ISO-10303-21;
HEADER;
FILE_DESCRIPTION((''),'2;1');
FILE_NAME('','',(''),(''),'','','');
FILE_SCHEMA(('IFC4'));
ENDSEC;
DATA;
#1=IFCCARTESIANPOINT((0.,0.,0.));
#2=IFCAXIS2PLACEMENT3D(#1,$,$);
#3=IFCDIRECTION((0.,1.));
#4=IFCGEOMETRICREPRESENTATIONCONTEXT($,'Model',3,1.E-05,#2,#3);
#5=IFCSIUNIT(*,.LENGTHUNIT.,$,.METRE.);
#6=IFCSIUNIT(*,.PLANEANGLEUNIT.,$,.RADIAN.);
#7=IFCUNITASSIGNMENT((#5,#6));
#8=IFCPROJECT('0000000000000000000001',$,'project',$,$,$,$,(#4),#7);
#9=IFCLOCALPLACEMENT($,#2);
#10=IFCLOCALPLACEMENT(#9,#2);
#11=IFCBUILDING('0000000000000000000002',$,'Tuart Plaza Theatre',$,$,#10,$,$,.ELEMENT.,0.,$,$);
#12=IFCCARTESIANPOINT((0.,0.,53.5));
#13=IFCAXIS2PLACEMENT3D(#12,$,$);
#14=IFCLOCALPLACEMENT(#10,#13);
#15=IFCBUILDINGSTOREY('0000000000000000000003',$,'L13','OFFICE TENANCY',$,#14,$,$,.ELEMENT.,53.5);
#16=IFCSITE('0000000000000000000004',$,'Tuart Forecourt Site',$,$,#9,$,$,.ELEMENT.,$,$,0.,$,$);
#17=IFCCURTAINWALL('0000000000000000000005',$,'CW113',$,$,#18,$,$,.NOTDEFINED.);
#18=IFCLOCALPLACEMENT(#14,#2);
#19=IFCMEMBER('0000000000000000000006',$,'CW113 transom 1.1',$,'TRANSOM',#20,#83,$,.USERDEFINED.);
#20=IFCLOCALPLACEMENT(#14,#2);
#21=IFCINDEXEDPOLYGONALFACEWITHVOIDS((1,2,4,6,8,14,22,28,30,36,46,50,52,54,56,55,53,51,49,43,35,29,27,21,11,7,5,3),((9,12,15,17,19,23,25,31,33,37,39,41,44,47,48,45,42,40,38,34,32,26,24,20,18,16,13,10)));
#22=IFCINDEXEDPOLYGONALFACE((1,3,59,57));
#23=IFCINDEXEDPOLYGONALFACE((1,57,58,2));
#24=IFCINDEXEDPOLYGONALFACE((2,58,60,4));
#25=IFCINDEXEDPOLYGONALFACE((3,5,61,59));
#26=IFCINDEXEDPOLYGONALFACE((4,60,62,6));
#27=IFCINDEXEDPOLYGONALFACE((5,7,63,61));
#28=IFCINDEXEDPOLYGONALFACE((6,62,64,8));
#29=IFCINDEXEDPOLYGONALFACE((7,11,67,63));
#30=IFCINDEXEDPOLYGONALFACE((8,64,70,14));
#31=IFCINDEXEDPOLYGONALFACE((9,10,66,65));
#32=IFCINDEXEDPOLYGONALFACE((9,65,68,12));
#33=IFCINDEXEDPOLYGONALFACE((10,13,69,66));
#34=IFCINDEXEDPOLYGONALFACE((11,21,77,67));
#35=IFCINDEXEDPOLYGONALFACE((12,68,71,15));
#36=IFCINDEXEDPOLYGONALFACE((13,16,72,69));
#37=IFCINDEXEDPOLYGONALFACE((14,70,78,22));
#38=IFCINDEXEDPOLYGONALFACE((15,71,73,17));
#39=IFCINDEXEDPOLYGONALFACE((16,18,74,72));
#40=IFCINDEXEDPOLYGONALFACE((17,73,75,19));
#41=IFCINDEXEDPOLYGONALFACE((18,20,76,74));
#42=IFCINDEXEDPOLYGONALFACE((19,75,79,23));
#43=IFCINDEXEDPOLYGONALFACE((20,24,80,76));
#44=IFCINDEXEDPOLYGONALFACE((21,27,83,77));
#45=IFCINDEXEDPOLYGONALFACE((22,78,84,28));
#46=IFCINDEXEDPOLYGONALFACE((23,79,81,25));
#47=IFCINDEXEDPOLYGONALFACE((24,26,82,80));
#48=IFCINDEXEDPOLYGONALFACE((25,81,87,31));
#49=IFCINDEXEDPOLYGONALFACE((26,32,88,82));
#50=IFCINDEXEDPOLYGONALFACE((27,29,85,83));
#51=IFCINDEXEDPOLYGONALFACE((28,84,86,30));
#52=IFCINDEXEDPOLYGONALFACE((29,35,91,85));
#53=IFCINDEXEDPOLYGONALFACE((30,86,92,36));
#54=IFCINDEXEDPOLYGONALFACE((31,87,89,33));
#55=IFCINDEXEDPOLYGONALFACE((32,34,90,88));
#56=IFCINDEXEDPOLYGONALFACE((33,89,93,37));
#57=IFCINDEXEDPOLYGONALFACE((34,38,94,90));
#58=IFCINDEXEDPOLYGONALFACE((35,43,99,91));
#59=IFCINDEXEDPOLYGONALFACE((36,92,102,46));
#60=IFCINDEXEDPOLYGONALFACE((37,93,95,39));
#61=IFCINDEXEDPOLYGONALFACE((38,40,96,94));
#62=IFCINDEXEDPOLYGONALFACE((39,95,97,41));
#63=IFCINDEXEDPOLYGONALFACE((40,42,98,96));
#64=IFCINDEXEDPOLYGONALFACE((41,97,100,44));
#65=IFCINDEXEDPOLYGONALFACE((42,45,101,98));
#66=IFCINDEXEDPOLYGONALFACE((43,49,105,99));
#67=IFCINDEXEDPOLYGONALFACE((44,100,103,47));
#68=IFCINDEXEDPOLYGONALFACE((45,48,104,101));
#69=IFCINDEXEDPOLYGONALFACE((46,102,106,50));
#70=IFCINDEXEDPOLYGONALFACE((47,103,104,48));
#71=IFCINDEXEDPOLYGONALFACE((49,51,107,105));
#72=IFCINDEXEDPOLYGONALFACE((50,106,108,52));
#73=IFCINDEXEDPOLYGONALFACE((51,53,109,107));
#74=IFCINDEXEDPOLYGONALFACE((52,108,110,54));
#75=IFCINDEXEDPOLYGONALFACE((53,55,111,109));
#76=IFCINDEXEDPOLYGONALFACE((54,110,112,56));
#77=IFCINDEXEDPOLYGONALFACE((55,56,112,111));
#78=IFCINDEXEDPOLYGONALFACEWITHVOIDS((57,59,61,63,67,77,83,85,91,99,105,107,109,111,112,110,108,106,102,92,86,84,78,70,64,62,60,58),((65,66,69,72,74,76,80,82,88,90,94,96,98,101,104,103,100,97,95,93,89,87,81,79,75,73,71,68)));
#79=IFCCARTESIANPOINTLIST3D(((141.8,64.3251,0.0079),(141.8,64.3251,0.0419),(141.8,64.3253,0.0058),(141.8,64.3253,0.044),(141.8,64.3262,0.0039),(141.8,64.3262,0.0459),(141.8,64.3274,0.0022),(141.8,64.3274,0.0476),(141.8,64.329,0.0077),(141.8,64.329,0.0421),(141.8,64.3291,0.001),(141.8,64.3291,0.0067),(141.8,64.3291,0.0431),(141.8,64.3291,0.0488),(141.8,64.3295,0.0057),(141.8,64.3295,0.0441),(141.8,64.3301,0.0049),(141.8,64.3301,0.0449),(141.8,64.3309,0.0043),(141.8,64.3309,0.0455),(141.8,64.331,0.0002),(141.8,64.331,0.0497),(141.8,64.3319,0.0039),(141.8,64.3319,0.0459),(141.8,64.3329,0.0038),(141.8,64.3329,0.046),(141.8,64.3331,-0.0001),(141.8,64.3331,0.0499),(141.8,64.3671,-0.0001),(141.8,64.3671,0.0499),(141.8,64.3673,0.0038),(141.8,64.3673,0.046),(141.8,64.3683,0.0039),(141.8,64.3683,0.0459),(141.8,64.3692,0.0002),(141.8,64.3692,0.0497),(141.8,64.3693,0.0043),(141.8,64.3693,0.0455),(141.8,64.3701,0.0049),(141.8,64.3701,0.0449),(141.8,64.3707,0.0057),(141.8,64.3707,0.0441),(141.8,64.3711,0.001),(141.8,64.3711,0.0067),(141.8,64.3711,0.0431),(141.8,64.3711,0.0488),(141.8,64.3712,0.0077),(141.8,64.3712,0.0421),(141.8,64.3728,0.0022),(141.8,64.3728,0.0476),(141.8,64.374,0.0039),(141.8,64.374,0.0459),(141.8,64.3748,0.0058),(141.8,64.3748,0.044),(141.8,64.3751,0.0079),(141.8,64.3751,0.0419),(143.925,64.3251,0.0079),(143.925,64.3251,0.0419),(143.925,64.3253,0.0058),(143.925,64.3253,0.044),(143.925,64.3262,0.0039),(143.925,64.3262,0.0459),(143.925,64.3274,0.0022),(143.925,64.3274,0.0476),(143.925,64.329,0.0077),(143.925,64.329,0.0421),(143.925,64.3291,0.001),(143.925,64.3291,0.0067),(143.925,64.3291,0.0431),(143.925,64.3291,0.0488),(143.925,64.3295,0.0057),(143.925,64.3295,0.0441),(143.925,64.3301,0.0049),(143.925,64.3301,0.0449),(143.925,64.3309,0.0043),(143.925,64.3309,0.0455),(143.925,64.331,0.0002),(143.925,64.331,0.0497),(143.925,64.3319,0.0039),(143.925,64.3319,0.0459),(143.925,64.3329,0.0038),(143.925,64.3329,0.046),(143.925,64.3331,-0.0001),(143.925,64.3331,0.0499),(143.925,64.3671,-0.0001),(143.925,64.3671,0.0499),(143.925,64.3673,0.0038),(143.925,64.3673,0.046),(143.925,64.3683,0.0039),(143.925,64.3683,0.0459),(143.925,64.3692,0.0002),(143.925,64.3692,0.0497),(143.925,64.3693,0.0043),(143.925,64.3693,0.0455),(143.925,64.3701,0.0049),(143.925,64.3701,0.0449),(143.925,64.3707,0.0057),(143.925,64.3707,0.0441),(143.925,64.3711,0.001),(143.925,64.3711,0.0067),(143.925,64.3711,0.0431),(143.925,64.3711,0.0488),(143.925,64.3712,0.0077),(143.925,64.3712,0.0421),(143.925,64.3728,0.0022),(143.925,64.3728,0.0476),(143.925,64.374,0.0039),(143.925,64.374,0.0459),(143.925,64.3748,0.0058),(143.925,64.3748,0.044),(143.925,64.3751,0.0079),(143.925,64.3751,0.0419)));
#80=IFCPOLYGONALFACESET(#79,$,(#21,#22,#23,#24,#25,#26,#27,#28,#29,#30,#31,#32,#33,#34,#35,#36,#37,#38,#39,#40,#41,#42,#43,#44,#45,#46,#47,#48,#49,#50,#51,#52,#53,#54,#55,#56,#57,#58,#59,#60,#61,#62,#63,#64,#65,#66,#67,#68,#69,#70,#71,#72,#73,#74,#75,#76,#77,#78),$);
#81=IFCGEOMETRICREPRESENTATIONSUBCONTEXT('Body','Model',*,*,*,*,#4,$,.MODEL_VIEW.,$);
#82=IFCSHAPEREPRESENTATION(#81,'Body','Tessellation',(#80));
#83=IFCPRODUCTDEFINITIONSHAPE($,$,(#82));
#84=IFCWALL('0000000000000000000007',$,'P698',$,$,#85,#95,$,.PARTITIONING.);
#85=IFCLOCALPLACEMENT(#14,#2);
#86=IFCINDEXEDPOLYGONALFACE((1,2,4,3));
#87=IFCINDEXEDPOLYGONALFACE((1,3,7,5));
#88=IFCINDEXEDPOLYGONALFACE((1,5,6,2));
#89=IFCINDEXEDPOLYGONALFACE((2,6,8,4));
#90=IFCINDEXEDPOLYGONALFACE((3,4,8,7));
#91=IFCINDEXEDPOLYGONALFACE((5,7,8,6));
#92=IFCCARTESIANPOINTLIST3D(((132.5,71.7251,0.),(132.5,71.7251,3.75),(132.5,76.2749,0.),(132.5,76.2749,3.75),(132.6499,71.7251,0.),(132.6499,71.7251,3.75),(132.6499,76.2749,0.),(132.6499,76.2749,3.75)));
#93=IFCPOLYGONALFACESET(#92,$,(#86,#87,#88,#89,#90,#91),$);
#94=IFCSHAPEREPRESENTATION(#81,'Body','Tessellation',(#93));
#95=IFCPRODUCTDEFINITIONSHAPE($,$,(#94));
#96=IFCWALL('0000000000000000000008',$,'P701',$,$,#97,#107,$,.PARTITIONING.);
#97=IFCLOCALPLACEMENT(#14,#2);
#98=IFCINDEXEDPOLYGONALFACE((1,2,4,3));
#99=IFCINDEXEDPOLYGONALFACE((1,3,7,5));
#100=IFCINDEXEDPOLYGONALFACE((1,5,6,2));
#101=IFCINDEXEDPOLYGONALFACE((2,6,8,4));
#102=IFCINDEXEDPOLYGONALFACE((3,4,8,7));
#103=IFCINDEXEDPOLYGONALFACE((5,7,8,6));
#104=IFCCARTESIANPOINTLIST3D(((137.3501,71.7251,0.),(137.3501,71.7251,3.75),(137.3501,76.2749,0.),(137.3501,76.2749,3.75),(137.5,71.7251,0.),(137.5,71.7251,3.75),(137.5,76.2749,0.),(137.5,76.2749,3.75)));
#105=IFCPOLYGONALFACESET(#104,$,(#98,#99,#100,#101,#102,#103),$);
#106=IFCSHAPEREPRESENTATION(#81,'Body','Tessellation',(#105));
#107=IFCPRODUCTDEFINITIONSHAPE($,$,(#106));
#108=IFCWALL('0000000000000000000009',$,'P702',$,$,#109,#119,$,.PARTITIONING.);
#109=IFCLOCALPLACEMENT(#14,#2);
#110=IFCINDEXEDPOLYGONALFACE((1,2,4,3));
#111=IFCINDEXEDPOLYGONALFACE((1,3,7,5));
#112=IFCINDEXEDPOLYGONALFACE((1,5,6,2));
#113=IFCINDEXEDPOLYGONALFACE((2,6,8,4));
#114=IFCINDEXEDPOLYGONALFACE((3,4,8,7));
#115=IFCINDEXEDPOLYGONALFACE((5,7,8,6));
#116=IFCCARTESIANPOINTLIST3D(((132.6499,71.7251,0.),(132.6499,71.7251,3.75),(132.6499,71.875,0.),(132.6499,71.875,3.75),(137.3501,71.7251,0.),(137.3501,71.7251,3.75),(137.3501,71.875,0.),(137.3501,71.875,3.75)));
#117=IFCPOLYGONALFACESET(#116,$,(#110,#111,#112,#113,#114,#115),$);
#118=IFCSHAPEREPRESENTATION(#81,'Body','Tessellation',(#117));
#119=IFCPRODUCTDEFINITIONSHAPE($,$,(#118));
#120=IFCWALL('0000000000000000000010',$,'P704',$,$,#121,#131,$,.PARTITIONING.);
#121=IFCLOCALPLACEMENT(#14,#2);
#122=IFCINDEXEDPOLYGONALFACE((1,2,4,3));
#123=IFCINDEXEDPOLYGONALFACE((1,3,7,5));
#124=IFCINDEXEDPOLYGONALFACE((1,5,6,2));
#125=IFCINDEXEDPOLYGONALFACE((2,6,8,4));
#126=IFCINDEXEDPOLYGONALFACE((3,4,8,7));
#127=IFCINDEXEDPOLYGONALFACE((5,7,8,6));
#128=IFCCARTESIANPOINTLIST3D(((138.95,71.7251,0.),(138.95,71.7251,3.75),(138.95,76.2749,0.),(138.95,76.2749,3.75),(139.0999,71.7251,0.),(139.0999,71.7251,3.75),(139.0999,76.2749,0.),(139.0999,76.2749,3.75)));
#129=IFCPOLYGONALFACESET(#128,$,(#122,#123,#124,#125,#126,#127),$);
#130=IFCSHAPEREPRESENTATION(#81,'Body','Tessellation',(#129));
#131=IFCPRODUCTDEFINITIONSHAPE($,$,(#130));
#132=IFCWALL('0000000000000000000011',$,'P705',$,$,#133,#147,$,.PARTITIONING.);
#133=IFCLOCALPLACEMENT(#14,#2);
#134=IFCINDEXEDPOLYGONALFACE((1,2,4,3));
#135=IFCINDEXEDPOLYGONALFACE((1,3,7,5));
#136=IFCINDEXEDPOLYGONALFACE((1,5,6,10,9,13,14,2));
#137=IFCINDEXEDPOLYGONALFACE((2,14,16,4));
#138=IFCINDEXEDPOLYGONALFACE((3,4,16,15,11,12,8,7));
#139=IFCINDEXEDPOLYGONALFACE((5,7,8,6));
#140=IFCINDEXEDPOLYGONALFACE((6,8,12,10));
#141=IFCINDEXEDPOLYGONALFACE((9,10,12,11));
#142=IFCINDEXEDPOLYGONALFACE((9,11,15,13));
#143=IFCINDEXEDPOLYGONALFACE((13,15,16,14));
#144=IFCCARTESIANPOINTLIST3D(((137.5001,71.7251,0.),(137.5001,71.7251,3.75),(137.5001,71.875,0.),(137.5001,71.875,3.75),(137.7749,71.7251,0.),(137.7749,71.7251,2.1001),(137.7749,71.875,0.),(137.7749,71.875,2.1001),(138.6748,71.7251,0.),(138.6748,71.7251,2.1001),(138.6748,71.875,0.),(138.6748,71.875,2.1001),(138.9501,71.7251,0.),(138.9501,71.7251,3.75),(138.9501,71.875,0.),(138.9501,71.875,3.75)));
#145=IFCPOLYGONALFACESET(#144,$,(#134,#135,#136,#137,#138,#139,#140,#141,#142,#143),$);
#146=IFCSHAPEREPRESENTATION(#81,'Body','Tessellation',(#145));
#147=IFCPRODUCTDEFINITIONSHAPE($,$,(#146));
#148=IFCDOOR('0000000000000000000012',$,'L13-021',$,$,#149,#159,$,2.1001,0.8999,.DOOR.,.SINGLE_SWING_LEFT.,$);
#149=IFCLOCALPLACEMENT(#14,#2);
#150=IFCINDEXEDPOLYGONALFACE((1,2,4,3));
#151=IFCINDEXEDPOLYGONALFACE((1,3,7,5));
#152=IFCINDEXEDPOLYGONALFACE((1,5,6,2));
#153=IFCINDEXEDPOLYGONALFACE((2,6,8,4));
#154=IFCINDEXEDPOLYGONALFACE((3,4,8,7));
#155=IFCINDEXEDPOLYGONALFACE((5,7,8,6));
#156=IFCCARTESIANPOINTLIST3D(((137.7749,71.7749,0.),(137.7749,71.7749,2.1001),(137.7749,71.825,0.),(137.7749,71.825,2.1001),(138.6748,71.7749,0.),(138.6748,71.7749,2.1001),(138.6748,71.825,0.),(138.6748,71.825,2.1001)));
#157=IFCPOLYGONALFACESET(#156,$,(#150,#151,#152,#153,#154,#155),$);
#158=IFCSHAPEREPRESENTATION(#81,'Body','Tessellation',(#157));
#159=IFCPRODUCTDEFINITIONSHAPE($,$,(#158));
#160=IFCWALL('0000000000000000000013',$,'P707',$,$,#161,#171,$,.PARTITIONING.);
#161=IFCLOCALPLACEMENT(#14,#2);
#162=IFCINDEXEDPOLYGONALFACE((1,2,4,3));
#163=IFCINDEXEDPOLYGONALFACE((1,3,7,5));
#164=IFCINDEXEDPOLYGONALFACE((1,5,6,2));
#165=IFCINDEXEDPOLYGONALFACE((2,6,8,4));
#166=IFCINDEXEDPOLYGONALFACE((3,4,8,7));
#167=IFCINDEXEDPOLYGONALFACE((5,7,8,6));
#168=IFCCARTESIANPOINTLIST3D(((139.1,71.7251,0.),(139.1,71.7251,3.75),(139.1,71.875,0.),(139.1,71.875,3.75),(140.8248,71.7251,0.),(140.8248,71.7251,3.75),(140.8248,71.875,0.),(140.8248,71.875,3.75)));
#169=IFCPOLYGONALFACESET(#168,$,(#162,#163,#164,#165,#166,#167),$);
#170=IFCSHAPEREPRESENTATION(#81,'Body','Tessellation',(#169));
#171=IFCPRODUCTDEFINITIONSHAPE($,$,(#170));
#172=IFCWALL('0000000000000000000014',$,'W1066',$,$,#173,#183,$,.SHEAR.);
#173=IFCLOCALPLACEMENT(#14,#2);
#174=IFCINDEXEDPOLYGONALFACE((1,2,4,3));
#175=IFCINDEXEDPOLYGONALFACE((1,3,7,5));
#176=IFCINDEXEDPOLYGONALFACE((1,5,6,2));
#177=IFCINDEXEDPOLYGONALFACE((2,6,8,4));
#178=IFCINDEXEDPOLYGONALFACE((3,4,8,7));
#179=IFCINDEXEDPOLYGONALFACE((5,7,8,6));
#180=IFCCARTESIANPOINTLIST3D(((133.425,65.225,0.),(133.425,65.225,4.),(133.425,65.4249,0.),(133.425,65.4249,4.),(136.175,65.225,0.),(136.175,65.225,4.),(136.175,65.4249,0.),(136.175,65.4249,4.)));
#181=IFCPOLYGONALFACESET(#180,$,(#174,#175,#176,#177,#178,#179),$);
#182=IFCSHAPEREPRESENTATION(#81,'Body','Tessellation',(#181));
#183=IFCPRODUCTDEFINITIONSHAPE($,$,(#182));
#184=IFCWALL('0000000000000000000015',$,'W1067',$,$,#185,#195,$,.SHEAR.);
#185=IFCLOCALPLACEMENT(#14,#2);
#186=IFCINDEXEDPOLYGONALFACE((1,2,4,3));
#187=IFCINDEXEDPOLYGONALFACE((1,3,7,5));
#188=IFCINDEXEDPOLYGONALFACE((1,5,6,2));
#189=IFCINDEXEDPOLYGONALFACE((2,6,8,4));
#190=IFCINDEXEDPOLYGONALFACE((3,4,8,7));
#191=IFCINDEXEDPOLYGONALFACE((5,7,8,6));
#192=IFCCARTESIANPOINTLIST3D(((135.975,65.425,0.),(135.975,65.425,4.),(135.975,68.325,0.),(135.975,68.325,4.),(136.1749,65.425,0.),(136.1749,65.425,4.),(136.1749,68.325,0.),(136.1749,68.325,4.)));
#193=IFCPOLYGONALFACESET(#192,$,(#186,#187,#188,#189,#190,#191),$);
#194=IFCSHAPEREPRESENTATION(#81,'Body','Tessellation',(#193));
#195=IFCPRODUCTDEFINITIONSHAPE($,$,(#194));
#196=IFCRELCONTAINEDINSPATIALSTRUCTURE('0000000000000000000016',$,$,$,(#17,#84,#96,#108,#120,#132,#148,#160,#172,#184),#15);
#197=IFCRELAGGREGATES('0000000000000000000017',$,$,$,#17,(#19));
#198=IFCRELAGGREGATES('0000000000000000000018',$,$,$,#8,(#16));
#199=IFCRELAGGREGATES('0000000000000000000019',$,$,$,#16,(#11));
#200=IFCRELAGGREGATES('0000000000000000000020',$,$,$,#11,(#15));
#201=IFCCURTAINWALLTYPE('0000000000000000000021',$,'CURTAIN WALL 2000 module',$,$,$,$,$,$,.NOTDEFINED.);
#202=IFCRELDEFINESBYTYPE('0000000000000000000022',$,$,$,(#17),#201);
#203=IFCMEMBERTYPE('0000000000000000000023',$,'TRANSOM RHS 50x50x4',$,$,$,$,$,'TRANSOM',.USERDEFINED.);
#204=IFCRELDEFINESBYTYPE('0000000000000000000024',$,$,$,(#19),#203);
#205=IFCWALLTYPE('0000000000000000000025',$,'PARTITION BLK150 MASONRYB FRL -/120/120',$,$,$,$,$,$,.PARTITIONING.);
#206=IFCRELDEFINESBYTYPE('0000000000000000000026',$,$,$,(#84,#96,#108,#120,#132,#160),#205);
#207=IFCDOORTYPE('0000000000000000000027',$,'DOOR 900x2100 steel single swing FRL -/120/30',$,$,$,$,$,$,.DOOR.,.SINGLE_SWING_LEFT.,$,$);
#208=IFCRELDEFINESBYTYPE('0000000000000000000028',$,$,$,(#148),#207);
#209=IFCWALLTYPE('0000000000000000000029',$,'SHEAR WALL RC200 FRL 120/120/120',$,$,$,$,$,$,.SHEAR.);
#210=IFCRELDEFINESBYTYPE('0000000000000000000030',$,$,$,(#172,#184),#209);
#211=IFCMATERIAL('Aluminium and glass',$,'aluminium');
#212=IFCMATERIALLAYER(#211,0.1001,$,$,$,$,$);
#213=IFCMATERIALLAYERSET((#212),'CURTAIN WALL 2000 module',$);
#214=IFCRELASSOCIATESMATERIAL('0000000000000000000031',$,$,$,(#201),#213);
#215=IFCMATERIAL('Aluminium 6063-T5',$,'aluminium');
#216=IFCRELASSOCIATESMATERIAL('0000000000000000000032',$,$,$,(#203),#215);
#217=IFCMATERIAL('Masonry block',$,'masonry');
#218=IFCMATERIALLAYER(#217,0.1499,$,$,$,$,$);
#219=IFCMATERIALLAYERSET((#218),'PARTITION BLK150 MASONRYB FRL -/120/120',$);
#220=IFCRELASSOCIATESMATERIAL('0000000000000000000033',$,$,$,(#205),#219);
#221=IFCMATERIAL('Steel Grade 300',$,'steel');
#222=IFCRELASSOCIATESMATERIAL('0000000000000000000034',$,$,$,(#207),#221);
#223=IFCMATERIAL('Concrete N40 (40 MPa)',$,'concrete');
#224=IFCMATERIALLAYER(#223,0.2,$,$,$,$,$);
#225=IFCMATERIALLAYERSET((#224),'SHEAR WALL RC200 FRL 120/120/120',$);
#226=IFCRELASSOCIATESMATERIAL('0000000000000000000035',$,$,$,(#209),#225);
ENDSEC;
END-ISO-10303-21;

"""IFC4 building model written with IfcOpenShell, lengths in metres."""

from ifc_helpers import new_model, si_unit, direction, frame, frame_2d, origin, origin_2d, place, context, subcontext, project, spatial, rectangle, hollow_rectangle, extrude, material, layer, layer_set, material_profile, profile_set, type_object, element, fill, aggregate, save


model = new_model("IFC4")

# Units and contexts
model_context = context("Model", 3, precision=1e-05, world=origin(), true_north=direction((0.0, 1.0)))
body_context = subcontext(model_context, "Body", "Model", "MODEL_VIEW")
ifc_project = project(units=[si_unit("LENGTHUNIT", "METRE"), si_unit("PLANEANGLEUNIT", "RADIAN")], contexts=[model_context])

# Site, building, storey
site_placement = place(None, origin())
site = spatial("IfcSite", under=ifc_project, at=site_placement, Name="Tuart Forecourt Site", CompositionType="ELEMENT", RefElevation=0.0)
building_placement = place(site_placement, origin())
building = spatial("IfcBuilding", under=site, at=building_placement, Name="Tuart Plaza Theatre", CompositionType="ELEMENT", ElevationOfRefHeight=0.0)
storey_placement = place(building_placement, frame((0.0, 0.0, 53.5)))
storey = spatial("IfcBuildingStorey", under=building, at=storey_placement, Name="L13", Description="OFFICE TENANCY", CompositionType="ELEMENT", Elevation=53.5)

# Shared definitions
ifc_material_1 = material(Name="Aluminium and glass", Category="aluminium")
ifc_layer_1 = layer(ifc_material_1, 0.1001)
ifc_layer_set_1 = layer_set([ifc_layer_1], Name="CURTAIN WALL 2000 module")
curtain_wall_type = type_object("IfcCurtainWallType", Name="CURTAIN WALL 2000 module", PredefinedType="NOTDEFINED", material=ifc_layer_set_1)

# Curtain wall, member
curtain_wall_1_placement = place(storey_placement, origin())
curtain_wall_1 = element("IfcCurtainWall", 1, at=curtain_wall_1_placement, inside=storey, type_object=curtain_wall_type, Name="CW113", PredefinedType="NOTDEFINED")
ifc_material_2 = material(Name="Aluminium 6063-T5", Category="aluminium")
ifc_material_profile_1 = material_profile(ifc_material_2, hollow_rectangle(XDim=0.05, YDim=0.05, WallThickness=0.0039, InnerFilletRadius=0.0039, OuterFilletRadius=0.0081, at=origin_2d()), Name="RHS 50x50x4")
ifc_profile_set_1 = profile_set([ifc_material_profile_1], Name="Aluminium 6063-T5")
member_type_1 = type_object("IfcMemberType", Name="TRANSOM RHS 50x50x4", ElementType="TRANSOM", PredefinedType="USERDEFINED", material=ifc_profile_set_1)
member_1_placement = place(storey_placement, frame((141.8, 64.3501, 0.0249), z_axis=(1.0, 0.0, 0.0), x_axis=(0.0, 1.0, 0.0)))
member_1 = element("IfcMember", 2, at=member_1_placement, type_object=member_type_1, Name="CW113 transom 1.1", ObjectType="TRANSOM", PredefinedType="USERDEFINED", context=body_context, shape_type="SweptSolid", body=[
    extrude(hollow_rectangle(XDim=0.05, YDim=0.05, WallThickness=0.0039, InnerFilletRadius=0.0039, OuterFilletRadius=0.0081, at=origin_2d()), origin(), (0.0, 0.0, 1.0), 2.125),
])
aggregate(curtain_wall_1, [member_1])

# Walls
ifc_material_3 = material(Name="Masonry block", Category="masonry")
ifc_layer_2 = layer(ifc_material_3, 0.1499)
ifc_layer_set_2 = layer_set([ifc_layer_2], Name="PARTITION BLK150 MASONRYB FRL -/120/120")
wall_type_1 = type_object("IfcWallType", Name="PARTITION BLK150 MASONRYB FRL -/120/120", PredefinedType="PARTITIONING", material=ifc_layer_set_2)
for number, where, z_axis, x_axis, name in (
    (3, (132.575, 71.7251, 0.0), (0.0, 0.0, 1.0), (0.0, 1.0, 0.0), "P698"),
    (4, (137.425, 71.7251, 0.0), (0.0, 0.0, 1.0), (0.0, 1.0, 0.0), "P701"),
):
    element("IfcWall", number, at=place(storey_placement, frame(where, z_axis=z_axis, x_axis=x_axis)), inside=storey, type_object=wall_type_1, Name=name, PredefinedType="PARTITIONING", context=body_context, shape_type="SweptSolid", body=[
        extrude(rectangle(XDim=4.5498, YDim=0.1499, at=frame_2d((2.2749, 0.0))), origin(), (0.0, 0.0, 1.0), 3.75),
    ])
wall_1_placement = place(storey_placement, frame((132.6499, 71.8, 0.0), z_axis=(0.0, 0.0, 1.0), x_axis=(1.0, 0.0, 0.0)))
element("IfcWall", 5, at=wall_1_placement, inside=storey, type_object=wall_type_1, Name="P702", PredefinedType="PARTITIONING", context=body_context, shape_type="SweptSolid", body=[
    extrude(rectangle(XDim=4.7002, YDim=0.1499, at=frame_2d((2.3501, 0.0))), origin(), (0.0, 0.0, 1.0), 3.75),
])
wall_2_placement = place(storey_placement, frame((139.0249, 71.7251, 0.0), z_axis=(0.0, 0.0, 1.0), x_axis=(0.0, 1.0, 0.0)))
element("IfcWall", 6, at=wall_2_placement, inside=storey, type_object=wall_type_1, Name="P704", PredefinedType="PARTITIONING", context=body_context, shape_type="SweptSolid", body=[
    extrude(rectangle(XDim=4.5498, YDim=0.1499, at=frame_2d((2.2749, 0.0))), origin(), (0.0, 0.0, 1.0), 3.75),
])

# Wall, opening, door
wall_3_placement = place(storey_placement, frame((137.5, 71.8, 0.0), z_axis=(0.0, 0.0, 1.0), x_axis=(1.0, 0.0, 0.0)))
wall_3 = element("IfcWall", 7, at=wall_3_placement, inside=storey, type_object=wall_type_1, Name="P705", PredefinedType="PARTITIONING", context=body_context, shape_type="SweptSolid", body=[
    extrude(rectangle(XDim=1.45, YDim=0.1499, at=frame_2d((0.7251, 0.0))), origin(), (0.0, 0.0, 1.0), 3.75),
])
opening_1_placement = place(wall_3_placement, frame((0.2749, 0.0, 0.0)))
opening_1 = element("IfcOpeningElement", 8, at=opening_1_placement, cuts=wall_3, PredefinedType="OPENING", context=body_context, shape_type="SweptSolid", body=[
    extrude(rectangle(XDim=0.8999, YDim=2.1001, at=frame_2d((0.45, 1.05))), frame((0.0, 0.085, 0.0), z_axis=(0.0, -1.0, 0.0), x_axis=(1.0, 0.0, 0.0)), (0.0, 0.0, 1.0), 0.1699),
])
ifc_material_4 = material(Name="Steel Grade 300", Category="steel")
door_type_1 = type_object("IfcDoorType", Name="DOOR 900x2100 steel single swing FRL -/120/30", OperationType="SINGLE_SWING_LEFT", PredefinedType="DOOR", material=ifc_material_4)
door_1_placement = place(opening_1_placement, origin())
door_1 = element("IfcDoor", 9, at=door_1_placement, inside=storey, type_object=door_type_1, Name="L13-021", OperationType="SINGLE_SWING_LEFT", OverallHeight=2.1001, OverallWidth=0.8999, PredefinedType="DOOR", context=body_context, shape_type="SweptSolid", body=[
    extrude(rectangle(XDim=0.8999, YDim=2.1001, at=frame_2d((0.45, 1.05))), frame((0.0, 0.0249, 0.0), z_axis=(0.0, -1.0, 0.0), x_axis=(1.0, 0.0, 0.0)), (0.0, 0.0, 1.0), 0.05),
])
fill(opening_1, door_1)

# Walls
wall_4_placement = place(storey_placement, frame((139.1001, 71.8, 0.0), z_axis=(0.0, 0.0, 1.0), x_axis=(1.0, 0.0, 0.0)))
element("IfcWall", 10, at=wall_4_placement, inside=storey, type_object=wall_type_1, Name="P707", PredefinedType="PARTITIONING", context=body_context, shape_type="SweptSolid", body=[
    extrude(rectangle(XDim=1.7249, YDim=0.1499, at=frame_2d((0.8623, 0.0))), origin(), (0.0, 0.0, 1.0), 3.75),
])
ifc_material_5 = material(Name="Concrete N40 (40 MPa)", Category="concrete")
ifc_layer_3 = layer(ifc_material_5, 0.2)
ifc_layer_set_3 = layer_set([ifc_layer_3], Name="SHEAR WALL RC200 FRL 120/120/120")
wall_type_2 = type_object("IfcWallType", Name="SHEAR WALL RC200 FRL 120/120/120", PredefinedType="SHEAR", material=ifc_layer_set_3)
wall_5_placement = place(storey_placement, frame((133.425, 65.325, 0.0), z_axis=(0.0, 0.0, 1.0), x_axis=(1.0, 0.0, 0.0)))
element("IfcWall", 11, at=wall_5_placement, inside=storey, type_object=wall_type_2, Name="W1066", PredefinedType="SHEAR", context=body_context, shape_type="SweptSolid", body=[
    extrude(rectangle(XDim=2.75, YDim=0.2, at=frame_2d((1.375, 0.0))), origin(), (0.0, 0.0, 1.0), 4.0),
])
wall_6_placement = place(storey_placement, frame((136.075, 65.425, 0.0), z_axis=(0.0, 0.0, 1.0), x_axis=(0.0, 1.0, 0.0)))
element("IfcWall", 12, at=wall_6_placement, inside=storey, type_object=wall_type_2, Name="W1067", PredefinedType="SHEAR", context=body_context, shape_type="SweptSolid", body=[
    extrude(rectangle(XDim=2.8999, YDim=0.2, at=frame_2d((1.45, 0.0))), origin(), (0.0, 0.0, 1.0), 4.0),
])

save(model, "model.ifc")
